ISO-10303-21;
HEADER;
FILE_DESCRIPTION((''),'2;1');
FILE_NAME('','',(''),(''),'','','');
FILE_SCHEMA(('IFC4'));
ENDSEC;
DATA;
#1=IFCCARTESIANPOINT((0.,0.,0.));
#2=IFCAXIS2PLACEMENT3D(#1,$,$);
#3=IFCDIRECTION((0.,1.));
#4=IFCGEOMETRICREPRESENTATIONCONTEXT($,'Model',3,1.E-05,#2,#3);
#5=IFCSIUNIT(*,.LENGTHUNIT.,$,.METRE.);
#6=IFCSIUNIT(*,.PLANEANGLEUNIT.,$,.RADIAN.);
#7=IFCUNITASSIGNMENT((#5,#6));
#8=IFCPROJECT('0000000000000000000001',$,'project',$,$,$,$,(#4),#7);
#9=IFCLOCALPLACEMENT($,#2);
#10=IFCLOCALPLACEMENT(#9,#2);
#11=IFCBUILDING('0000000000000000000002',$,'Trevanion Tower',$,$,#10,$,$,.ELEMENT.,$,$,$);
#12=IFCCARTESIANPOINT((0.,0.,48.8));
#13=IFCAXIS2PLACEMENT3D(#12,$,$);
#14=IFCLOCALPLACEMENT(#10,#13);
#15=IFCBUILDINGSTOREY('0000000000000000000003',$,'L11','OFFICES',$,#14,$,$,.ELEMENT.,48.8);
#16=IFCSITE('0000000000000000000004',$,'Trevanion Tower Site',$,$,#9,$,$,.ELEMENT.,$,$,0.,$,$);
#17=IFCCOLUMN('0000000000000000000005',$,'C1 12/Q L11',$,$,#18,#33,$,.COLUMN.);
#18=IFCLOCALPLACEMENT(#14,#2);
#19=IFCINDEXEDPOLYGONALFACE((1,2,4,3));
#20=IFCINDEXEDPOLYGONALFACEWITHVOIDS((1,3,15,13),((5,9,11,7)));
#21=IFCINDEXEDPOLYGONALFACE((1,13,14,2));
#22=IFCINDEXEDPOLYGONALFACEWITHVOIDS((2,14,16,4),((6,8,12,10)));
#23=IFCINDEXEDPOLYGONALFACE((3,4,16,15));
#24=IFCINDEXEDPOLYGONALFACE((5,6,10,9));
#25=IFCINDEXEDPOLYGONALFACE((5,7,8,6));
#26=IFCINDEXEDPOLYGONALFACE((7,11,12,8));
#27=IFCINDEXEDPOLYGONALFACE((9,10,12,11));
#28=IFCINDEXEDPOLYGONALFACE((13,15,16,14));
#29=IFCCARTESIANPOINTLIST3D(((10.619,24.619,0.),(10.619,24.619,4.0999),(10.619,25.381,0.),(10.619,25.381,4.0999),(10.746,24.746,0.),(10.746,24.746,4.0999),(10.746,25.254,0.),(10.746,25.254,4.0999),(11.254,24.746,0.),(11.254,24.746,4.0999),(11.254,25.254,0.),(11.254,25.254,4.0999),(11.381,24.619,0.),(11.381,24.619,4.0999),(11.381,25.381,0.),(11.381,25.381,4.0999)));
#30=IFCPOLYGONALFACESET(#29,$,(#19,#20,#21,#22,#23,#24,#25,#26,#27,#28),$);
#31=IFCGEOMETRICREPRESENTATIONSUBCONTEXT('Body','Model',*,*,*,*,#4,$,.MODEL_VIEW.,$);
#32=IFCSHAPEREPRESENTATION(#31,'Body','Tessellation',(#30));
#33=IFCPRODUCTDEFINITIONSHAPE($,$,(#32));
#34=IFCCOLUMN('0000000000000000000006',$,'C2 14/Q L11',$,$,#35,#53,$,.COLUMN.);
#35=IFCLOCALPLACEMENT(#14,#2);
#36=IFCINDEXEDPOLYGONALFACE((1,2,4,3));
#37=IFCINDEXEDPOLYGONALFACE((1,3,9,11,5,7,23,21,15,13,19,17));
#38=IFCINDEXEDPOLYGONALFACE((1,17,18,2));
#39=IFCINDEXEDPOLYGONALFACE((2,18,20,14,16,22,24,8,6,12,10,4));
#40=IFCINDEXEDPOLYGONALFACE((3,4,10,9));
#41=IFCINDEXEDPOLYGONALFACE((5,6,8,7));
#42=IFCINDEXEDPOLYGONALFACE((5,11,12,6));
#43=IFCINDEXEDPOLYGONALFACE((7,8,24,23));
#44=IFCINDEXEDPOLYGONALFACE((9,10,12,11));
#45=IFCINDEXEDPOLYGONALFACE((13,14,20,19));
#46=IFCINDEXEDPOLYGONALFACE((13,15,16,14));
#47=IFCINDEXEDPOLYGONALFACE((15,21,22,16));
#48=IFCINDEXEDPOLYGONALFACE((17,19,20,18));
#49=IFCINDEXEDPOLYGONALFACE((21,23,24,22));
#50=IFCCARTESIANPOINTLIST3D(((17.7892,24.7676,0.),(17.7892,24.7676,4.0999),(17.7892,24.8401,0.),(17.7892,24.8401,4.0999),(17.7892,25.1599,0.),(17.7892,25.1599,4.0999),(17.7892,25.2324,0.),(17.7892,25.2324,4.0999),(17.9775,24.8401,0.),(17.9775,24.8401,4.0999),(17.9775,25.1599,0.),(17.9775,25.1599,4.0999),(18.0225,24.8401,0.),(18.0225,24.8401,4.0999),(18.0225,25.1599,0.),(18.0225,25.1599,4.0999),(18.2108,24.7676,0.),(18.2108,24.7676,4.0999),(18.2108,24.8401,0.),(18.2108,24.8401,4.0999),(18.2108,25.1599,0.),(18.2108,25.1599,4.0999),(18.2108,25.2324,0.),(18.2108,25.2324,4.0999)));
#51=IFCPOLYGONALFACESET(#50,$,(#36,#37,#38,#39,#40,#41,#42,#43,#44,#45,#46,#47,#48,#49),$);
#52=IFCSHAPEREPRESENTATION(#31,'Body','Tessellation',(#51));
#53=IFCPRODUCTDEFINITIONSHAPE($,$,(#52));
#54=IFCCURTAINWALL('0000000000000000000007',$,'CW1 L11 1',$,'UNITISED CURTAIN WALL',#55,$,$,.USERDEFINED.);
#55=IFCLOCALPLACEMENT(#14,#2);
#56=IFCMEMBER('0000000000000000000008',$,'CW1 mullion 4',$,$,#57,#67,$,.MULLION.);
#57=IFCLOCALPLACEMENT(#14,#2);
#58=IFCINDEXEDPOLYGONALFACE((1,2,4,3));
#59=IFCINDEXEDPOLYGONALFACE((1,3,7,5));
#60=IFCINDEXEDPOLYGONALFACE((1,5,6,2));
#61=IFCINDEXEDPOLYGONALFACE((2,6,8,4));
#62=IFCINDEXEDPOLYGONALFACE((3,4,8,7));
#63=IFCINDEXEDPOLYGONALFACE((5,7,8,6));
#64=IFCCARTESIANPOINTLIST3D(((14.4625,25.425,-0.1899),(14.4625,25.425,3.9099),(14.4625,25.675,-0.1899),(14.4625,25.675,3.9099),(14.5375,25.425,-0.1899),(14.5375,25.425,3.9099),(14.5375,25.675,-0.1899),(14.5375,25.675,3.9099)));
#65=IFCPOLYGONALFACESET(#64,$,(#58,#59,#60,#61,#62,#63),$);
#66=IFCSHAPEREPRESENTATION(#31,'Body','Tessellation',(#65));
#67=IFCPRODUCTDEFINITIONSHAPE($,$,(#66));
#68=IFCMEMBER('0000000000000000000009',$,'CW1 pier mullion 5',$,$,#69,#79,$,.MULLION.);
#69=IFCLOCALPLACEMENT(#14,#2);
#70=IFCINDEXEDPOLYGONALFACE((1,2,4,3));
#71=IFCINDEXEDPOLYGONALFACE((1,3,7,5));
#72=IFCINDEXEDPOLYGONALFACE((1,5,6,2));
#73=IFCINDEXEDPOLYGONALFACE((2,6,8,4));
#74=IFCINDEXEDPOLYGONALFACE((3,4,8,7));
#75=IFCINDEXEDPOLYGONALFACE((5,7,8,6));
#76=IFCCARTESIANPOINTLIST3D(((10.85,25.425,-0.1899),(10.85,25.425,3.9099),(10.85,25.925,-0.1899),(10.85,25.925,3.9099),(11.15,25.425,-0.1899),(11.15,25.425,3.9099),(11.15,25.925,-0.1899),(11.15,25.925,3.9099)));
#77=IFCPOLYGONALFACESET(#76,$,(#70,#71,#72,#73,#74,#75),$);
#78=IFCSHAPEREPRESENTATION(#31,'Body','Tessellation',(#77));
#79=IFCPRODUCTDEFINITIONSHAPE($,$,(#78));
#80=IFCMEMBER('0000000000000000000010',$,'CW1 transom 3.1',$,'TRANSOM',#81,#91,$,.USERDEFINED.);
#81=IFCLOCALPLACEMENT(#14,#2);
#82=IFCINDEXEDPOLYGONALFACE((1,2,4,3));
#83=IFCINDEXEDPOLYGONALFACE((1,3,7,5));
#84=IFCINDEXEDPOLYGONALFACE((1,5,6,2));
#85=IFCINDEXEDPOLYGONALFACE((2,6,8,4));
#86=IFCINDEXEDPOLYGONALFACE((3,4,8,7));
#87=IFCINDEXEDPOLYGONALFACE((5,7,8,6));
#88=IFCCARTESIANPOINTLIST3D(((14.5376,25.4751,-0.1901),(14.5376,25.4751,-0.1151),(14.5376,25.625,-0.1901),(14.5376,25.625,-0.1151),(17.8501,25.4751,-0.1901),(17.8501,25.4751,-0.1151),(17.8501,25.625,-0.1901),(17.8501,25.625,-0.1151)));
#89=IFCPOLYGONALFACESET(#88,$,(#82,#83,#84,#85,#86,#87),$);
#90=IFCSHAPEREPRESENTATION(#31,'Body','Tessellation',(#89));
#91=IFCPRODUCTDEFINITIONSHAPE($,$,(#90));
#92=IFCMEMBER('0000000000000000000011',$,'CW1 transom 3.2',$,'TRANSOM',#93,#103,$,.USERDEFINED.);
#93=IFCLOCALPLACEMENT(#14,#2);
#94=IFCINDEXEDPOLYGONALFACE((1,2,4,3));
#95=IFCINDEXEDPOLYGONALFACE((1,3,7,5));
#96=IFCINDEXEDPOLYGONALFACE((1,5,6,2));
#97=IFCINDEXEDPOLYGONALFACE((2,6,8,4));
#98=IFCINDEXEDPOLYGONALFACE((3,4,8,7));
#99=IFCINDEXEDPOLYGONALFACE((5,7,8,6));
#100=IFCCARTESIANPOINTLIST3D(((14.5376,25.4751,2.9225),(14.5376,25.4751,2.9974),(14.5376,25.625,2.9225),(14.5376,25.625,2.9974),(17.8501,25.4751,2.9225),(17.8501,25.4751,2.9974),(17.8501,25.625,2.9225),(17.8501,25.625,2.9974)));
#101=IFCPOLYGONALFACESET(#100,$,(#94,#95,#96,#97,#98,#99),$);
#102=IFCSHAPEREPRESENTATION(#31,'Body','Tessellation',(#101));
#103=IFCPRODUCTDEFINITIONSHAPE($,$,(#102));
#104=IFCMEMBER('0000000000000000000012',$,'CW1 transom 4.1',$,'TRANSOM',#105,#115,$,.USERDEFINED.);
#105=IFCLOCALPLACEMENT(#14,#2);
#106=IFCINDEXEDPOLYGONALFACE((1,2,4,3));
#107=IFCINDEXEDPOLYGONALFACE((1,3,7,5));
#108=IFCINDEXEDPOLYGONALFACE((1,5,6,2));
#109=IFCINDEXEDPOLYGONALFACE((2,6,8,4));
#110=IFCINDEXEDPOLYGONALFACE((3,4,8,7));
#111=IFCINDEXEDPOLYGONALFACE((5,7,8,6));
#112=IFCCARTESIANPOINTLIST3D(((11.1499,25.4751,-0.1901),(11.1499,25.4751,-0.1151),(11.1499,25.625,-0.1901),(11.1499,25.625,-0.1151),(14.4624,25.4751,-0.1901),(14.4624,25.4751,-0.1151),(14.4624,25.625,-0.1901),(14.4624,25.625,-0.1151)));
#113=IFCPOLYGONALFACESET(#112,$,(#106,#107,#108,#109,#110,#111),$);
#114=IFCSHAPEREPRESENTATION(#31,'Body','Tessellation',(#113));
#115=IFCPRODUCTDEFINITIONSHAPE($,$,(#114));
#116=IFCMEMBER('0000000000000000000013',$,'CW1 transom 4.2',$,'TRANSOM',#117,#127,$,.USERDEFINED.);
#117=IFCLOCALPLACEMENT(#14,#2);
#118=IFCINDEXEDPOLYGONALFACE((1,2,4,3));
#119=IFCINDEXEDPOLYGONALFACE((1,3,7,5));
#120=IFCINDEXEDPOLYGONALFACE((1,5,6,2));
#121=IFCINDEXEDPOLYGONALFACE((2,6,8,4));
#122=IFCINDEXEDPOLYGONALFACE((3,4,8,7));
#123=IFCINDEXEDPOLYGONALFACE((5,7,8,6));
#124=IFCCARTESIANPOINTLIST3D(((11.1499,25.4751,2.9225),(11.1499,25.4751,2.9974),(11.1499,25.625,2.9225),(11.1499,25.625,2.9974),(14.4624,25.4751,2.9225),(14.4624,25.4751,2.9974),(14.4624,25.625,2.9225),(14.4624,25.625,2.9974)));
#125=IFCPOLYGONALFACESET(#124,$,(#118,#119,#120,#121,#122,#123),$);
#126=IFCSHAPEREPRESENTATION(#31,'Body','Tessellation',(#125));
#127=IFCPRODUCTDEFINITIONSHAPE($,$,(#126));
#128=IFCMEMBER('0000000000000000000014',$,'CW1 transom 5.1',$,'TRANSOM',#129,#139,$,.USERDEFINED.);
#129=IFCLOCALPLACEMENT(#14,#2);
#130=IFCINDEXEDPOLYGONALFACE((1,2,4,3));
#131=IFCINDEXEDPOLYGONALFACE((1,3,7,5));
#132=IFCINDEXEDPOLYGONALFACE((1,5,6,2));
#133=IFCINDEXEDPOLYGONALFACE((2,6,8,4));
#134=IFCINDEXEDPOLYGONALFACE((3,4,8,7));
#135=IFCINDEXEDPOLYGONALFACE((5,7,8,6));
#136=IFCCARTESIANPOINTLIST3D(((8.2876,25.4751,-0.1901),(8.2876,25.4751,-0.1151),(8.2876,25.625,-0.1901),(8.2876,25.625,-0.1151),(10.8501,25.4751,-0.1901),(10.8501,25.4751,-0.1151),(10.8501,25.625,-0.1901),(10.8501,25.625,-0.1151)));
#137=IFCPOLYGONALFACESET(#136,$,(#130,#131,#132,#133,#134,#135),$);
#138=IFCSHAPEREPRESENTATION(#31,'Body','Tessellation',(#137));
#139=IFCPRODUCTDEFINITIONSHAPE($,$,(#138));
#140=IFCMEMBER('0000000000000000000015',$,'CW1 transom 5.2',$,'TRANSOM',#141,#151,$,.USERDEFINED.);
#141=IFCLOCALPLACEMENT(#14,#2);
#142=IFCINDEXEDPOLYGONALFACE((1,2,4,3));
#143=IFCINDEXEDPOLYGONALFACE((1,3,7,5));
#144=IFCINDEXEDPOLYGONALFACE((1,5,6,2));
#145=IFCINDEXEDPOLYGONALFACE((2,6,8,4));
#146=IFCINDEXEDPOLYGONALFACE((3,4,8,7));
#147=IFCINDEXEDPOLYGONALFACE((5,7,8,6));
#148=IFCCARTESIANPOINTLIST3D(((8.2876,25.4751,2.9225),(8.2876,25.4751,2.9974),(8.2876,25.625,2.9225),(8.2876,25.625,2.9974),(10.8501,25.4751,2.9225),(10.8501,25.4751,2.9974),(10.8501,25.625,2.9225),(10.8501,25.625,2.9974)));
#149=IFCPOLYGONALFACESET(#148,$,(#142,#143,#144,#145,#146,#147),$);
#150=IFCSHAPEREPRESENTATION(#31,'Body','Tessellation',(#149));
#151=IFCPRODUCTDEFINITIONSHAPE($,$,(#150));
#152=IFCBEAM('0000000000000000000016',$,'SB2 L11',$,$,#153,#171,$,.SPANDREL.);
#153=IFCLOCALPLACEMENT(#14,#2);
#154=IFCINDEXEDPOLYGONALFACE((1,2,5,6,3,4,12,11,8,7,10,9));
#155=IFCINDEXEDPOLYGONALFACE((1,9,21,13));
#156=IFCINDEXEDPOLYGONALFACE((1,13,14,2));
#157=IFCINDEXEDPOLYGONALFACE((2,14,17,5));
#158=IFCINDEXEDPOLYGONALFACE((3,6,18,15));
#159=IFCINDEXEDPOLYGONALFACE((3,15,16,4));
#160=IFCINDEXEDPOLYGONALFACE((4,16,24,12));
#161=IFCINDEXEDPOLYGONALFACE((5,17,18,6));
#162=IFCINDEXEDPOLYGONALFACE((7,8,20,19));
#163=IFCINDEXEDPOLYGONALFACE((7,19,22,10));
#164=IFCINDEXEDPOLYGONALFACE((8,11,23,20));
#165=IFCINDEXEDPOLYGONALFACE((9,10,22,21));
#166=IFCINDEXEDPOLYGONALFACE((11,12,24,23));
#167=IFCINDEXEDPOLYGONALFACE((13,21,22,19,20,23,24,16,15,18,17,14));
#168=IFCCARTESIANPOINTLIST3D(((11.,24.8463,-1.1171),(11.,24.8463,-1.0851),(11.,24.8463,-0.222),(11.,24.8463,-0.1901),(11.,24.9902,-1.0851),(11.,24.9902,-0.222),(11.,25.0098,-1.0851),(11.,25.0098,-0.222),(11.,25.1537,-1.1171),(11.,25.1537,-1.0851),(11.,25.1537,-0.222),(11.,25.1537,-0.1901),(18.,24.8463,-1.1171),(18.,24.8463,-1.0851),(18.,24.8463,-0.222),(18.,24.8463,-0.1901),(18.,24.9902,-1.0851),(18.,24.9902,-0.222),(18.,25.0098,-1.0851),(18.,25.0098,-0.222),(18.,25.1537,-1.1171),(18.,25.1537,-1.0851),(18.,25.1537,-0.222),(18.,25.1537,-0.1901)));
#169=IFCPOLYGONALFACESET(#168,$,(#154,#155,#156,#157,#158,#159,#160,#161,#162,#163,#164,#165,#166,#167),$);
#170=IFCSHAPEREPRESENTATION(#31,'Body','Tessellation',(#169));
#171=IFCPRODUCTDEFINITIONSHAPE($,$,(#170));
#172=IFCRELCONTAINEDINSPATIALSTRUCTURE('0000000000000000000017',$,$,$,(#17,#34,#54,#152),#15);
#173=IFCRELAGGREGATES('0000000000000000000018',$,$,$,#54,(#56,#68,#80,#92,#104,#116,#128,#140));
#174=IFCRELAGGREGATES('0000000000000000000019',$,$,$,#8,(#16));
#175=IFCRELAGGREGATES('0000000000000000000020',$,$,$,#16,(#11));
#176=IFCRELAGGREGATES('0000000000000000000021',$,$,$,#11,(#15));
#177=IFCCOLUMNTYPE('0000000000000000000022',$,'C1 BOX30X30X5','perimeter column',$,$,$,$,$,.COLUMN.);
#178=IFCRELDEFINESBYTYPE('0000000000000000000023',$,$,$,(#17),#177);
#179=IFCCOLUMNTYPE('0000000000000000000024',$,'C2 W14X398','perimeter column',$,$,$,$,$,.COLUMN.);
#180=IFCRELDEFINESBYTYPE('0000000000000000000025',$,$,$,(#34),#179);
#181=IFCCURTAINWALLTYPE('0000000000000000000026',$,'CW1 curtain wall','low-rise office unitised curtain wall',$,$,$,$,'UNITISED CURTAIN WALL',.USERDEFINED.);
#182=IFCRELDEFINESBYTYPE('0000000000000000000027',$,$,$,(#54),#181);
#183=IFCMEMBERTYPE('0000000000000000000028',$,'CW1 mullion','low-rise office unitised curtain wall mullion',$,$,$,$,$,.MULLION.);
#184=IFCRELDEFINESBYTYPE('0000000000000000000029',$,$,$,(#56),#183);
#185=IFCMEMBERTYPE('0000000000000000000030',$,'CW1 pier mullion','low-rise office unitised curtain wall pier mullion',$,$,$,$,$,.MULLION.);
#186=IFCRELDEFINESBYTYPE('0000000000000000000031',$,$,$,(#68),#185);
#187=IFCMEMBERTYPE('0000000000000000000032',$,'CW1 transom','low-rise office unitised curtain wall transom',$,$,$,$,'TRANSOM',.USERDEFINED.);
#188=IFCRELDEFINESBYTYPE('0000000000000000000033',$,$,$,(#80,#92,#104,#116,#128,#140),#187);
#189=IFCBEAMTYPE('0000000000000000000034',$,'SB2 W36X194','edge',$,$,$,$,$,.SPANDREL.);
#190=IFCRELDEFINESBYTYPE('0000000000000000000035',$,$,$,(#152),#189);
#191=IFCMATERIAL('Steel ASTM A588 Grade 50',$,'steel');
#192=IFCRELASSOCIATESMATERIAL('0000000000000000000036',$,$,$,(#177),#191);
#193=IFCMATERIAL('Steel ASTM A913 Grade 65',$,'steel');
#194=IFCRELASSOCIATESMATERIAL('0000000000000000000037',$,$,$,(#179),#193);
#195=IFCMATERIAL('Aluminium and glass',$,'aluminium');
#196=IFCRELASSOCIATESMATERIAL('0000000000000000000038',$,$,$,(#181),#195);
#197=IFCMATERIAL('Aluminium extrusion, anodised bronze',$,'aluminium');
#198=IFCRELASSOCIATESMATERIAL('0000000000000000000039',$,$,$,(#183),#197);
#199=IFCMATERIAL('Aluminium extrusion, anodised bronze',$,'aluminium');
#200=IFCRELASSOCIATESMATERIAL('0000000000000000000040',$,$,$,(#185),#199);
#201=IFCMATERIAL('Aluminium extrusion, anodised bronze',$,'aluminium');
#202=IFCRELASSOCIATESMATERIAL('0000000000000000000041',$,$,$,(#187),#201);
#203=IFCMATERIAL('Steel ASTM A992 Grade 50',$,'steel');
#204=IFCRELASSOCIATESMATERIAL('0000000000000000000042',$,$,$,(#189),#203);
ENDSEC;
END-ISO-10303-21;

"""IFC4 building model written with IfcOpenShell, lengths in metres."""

from ifc_helpers import new_model, si_unit, direction, frame, origin, origin_2d, place, context, subcontext, project, spatial, rectangle, hollow_rectangle, i_section, extrude, material, material_profile, profile_set, type_object, element, aggregate, save


model = new_model("IFC4")

# Units and contexts
model_context = context("Model", 3, precision=1e-05, world=origin(), true_north=direction((0.0, 1.0)))
body_context = subcontext(model_context, "Body", "Model", "MODEL_VIEW")
ifc_project = project(units=[si_unit("LENGTHUNIT", "METRE"), si_unit("PLANEANGLEUNIT", "RADIAN")], contexts=[model_context])

# Site, building, storey
site_placement = place(None, origin())
site = spatial("IfcSite", under=ifc_project, at=site_placement, Name="Trevanion Tower Site", CompositionType="ELEMENT", RefElevation=0.0)
building_placement = place(site_placement, origin())
building = spatial("IfcBuilding", under=site, at=building_placement, Name="Trevanion Tower", CompositionType="ELEMENT")
storey_placement = place(building_placement, frame((0.0, 0.0, 48.8)))
storey = spatial("IfcBuildingStorey", under=building, at=storey_placement, Name="L11", Description="OFFICES", CompositionType="ELEMENT", Elevation=48.8)

# Columns
ifc_material_1 = material(Name="Steel ASTM A588 Grade 50", Category="steel")
ifc_material_profile_1 = material_profile(ifc_material_1, hollow_rectangle(XDim=0.762, YDim=0.762, WallThickness=0.127, at=origin_2d()), Name="BOX30X30X5")
ifc_profile_set_1 = profile_set([ifc_material_profile_1], Name="Steel ASTM A588 Grade 50")
column_type_1 = type_object("IfcColumnType", Name="C1 BOX30X30X5", Description="perimeter column", PredefinedType="COLUMN", material=ifc_profile_set_1)
column_1_placement = place(storey_placement, frame((11.0, 25.0, 0.0), z_axis=(0.0, 0.0, 1.0), x_axis=(1.0, 0.0, 0.0)))
element("IfcColumn", 1, at=column_1_placement, inside=storey, type_object=column_type_1, Name="C1 12/Q L11", PredefinedType="COLUMN", context=body_context, shape_type="SweptSolid", body=[
    extrude(hollow_rectangle(XDim=0.762, YDim=0.762, WallThickness=0.127, at=origin_2d()), origin(), (0.0, 0.0, 1.0), 4.0999),
])
ifc_material_2 = material(Name="Steel ASTM A913 Grade 65", Category="steel")
ifc_material_profile_2 = material_profile(ifc_material_2, i_section(OverallWidth=0.4216, OverallDepth=0.4648, WebThickness=0.0449, FlangeThickness=0.0725, at=origin_2d()), Name="W14X398")
ifc_profile_set_2 = profile_set([ifc_material_profile_2], Name="Steel ASTM A913 Grade 65")
column_type_2 = type_object("IfcColumnType", Name="C2 W14X398", Description="perimeter column", PredefinedType="COLUMN", material=ifc_profile_set_2)
column_2_placement = place(storey_placement, frame((18.0, 25.0, 0.0), z_axis=(0.0, 0.0, 1.0), x_axis=(1.0, 0.0, 0.0)))
element("IfcColumn", 2, at=column_2_placement, inside=storey, type_object=column_type_2, Name="C2 14/Q L11", PredefinedType="COLUMN", context=body_context, shape_type="SweptSolid", body=[
    extrude(i_section(OverallWidth=0.4216, OverallDepth=0.4648, WebThickness=0.0449, FlangeThickness=0.0725, at=origin_2d()), origin(), (0.0, 0.0, 1.0), 4.0999),
])

# Curtain wall, members
ifc_material_3 = material(Name="Aluminium and glass", Category="aluminium")
curtain_wall_type = type_object("IfcCurtainWallType", Name="CW1 curtain wall", Description="low-rise office unitised curtain wall", ElementType="UNITISED CURTAIN WALL", PredefinedType="USERDEFINED", material=ifc_material_3)
curtain_wall_placement = place(storey_placement, origin())
curtain_wall = element("IfcCurtainWall", 3, at=curtain_wall_placement, inside=storey, type_object=curtain_wall_type, Name="CW1 L11 1", ObjectType="UNITISED CURTAIN WALL", PredefinedType="USERDEFINED")
ifc_material_4 = material(Name="Aluminium extrusion, anodised bronze", Category="aluminium")
ifc_material_profile_3 = material_profile(ifc_material_4, rectangle(XDim=0.075, YDim=0.25, at=origin_2d()), Name="CW1 mullion")
ifc_profile_set_3 = profile_set([ifc_material_profile_3], Name="Aluminium extrusion, anodised bronze")
member_type_1 = type_object("IfcMemberType", Name="CW1 mullion", Description="low-rise office unitised curtain wall mullion", PredefinedType="MULLION", material=ifc_profile_set_3)
member_1_placement = place(storey_placement, frame((14.5, 25.55, -0.1899), z_axis=(0.0, 0.0, 1.0), x_axis=(-1.0, 0.0, 0.0)))
member_1 = element("IfcMember", 4, at=member_1_placement, type_object=member_type_1, Name="CW1 mullion 4", PredefinedType="MULLION", context=body_context, shape_type="SweptSolid", body=[
    extrude(rectangle(XDim=0.075, YDim=0.25, at=origin_2d()), origin(), (0.0, 0.0, 1.0), 4.0999),
])
ifc_material_5 = material(Name="Aluminium extrusion, anodised bronze", Category="aluminium")
ifc_material_profile_4 = material_profile(ifc_material_5, rectangle(XDim=0.3, YDim=0.5, at=origin_2d()), Name="CW1 pier mullion")
ifc_profile_set_4 = profile_set([ifc_material_profile_4], Name="Aluminium extrusion, anodised bronze")
member_type_2 = type_object("IfcMemberType", Name="CW1 pier mullion", Description="low-rise office unitised curtain wall pier mullion", PredefinedType="MULLION", material=ifc_profile_set_4)
member_2_placement = place(storey_placement, frame((11.0, 25.675, -0.1899), z_axis=(0.0, 0.0, 1.0), x_axis=(-1.0, 0.0, 0.0)))
member_2 = element("IfcMember", 5, at=member_2_placement, type_object=member_type_2, Name="CW1 pier mullion 5", PredefinedType="MULLION", context=body_context, shape_type="SweptSolid", body=[
    extrude(rectangle(XDim=0.3, YDim=0.5, at=origin_2d()), origin(), (0.0, 0.0, 1.0), 4.0999),
])
ifc_material_6 = material(Name="Aluminium extrusion, anodised bronze", Category="aluminium")
ifc_material_profile_5 = material_profile(ifc_material_6, rectangle(XDim=0.1499, YDim=0.075, at=origin_2d()), Name="CW1 transom")
ifc_profile_set_5 = profile_set([ifc_material_profile_5], Name="Aluminium extrusion, anodised bronze")
member_type_3 = type_object("IfcMemberType", Name="CW1 transom", Description="low-rise office unitised curtain wall transom", ElementType="TRANSOM", PredefinedType="USERDEFINED", material=ifc_profile_set_5)
member_3_placement = place(storey_placement, frame((17.8501, 25.55, -0.1526), z_axis=(-1.0, 0.0, 0.0), x_axis=(0.0, -1.0, 0.0)))
member_3 = element("IfcMember", 6, at=member_3_placement, type_object=member_type_3, Name="CW1 transom 3.1", ObjectType="TRANSOM", PredefinedType="USERDEFINED", context=body_context, shape_type="SweptSolid", body=[
    extrude(rectangle(XDim=0.1499, YDim=0.075, at=origin_2d()), origin(), (0.0, 0.0, 1.0), 3.3125),
])
member_4_placement = place(storey_placement, frame((17.8501, 25.55, 2.96), z_axis=(-1.0, 0.0, 0.0), x_axis=(0.0, -1.0, 0.0)))
member_4 = element("IfcMember", 7, at=member_4_placement, type_object=member_type_3, Name="CW1 transom 3.2", ObjectType="TRANSOM", PredefinedType="USERDEFINED", context=body_context, shape_type="SweptSolid", body=[
    extrude(rectangle(XDim=0.1499, YDim=0.075, at=origin_2d()), origin(), (0.0, 0.0, 1.0), 3.3125),
])
member_5_placement = place(storey_placement, frame((14.4624, 25.55, -0.1526), z_axis=(-1.0, 0.0, 0.0), x_axis=(0.0, -1.0, 0.0)))
member_5 = element("IfcMember", 8, at=member_5_placement, type_object=member_type_3, Name="CW1 transom 4.1", ObjectType="TRANSOM", PredefinedType="USERDEFINED", context=body_context, shape_type="SweptSolid", body=[
    extrude(rectangle(XDim=0.1499, YDim=0.075, at=origin_2d()), origin(), (0.0, 0.0, 1.0), 3.3125),
])
member_6_placement = place(storey_placement, frame((14.4624, 25.55, 2.96), z_axis=(-1.0, 0.0, 0.0), x_axis=(0.0, -1.0, 0.0)))
member_6 = element("IfcMember", 9, at=member_6_placement, type_object=member_type_3, Name="CW1 transom 4.2", ObjectType="TRANSOM", PredefinedType="USERDEFINED", context=body_context, shape_type="SweptSolid", body=[
    extrude(rectangle(XDim=0.1499, YDim=0.075, at=origin_2d()), origin(), (0.0, 0.0, 1.0), 3.3125),
])
member_7_placement = place(storey_placement, frame((10.8501, 25.55, -0.1526), z_axis=(-1.0, 0.0, 0.0), x_axis=(0.0, -1.0, 0.0)))
member_7 = element("IfcMember", 10, at=member_7_placement, type_object=member_type_3, Name="CW1 transom 5.1", ObjectType="TRANSOM", PredefinedType="USERDEFINED", context=body_context, shape_type="SweptSolid", body=[
    extrude(rectangle(XDim=0.1499, YDim=0.075, at=origin_2d()), origin(), (0.0, 0.0, 1.0), 2.5625),
])
member_8_placement = place(storey_placement, frame((10.8501, 25.55, 2.96), z_axis=(-1.0, 0.0, 0.0), x_axis=(0.0, -1.0, 0.0)))
member_8 = element("IfcMember", 11, at=member_8_placement, type_object=member_type_3, Name="CW1 transom 5.2", ObjectType="TRANSOM", PredefinedType="USERDEFINED", context=body_context, shape_type="SweptSolid", body=[
    extrude(rectangle(XDim=0.1499, YDim=0.075, at=origin_2d()), origin(), (0.0, 0.0, 1.0), 2.5625),
])

# Beam
ifc_material_7 = material(Name="Steel ASTM A992 Grade 50", Category="steel")
ifc_material_profile_6 = material_profile(ifc_material_7, i_section(OverallWidth=0.3074, OverallDepth=0.927, WebThickness=0.0195, FlangeThickness=0.032, at=origin_2d()), Name="W36X194")
ifc_profile_set_6 = profile_set([ifc_material_profile_6], Name="Steel ASTM A992 Grade 50")
beam_type = type_object("IfcBeamType", Name="SB2 W36X194", Description="edge", PredefinedType="SPANDREL", material=ifc_profile_set_6)
beam_1_placement = place(storey_placement, frame((18.0, 25.0, -0.6536), z_axis=(-1.0, 0.0, 0.0), x_axis=(0.0, -1.0, 0.0)))
element("IfcBeam", 12, at=beam_1_placement, inside=storey, type_object=beam_type, Name="SB2 L11", PredefinedType="SPANDREL", context=body_context, shape_type="SweptSolid", body=[
    extrude(i_section(OverallWidth=0.3074, OverallDepth=0.927, WebThickness=0.0195, FlangeThickness=0.032, at=origin_2d()), origin(), (0.0, 0.0, 1.0), 7.0),
])

aggregate(curtain_wall, [member_1, member_2, member_3, member_4, member_5, member_6, member_7, member_8])

save(model, "model.ifc")
